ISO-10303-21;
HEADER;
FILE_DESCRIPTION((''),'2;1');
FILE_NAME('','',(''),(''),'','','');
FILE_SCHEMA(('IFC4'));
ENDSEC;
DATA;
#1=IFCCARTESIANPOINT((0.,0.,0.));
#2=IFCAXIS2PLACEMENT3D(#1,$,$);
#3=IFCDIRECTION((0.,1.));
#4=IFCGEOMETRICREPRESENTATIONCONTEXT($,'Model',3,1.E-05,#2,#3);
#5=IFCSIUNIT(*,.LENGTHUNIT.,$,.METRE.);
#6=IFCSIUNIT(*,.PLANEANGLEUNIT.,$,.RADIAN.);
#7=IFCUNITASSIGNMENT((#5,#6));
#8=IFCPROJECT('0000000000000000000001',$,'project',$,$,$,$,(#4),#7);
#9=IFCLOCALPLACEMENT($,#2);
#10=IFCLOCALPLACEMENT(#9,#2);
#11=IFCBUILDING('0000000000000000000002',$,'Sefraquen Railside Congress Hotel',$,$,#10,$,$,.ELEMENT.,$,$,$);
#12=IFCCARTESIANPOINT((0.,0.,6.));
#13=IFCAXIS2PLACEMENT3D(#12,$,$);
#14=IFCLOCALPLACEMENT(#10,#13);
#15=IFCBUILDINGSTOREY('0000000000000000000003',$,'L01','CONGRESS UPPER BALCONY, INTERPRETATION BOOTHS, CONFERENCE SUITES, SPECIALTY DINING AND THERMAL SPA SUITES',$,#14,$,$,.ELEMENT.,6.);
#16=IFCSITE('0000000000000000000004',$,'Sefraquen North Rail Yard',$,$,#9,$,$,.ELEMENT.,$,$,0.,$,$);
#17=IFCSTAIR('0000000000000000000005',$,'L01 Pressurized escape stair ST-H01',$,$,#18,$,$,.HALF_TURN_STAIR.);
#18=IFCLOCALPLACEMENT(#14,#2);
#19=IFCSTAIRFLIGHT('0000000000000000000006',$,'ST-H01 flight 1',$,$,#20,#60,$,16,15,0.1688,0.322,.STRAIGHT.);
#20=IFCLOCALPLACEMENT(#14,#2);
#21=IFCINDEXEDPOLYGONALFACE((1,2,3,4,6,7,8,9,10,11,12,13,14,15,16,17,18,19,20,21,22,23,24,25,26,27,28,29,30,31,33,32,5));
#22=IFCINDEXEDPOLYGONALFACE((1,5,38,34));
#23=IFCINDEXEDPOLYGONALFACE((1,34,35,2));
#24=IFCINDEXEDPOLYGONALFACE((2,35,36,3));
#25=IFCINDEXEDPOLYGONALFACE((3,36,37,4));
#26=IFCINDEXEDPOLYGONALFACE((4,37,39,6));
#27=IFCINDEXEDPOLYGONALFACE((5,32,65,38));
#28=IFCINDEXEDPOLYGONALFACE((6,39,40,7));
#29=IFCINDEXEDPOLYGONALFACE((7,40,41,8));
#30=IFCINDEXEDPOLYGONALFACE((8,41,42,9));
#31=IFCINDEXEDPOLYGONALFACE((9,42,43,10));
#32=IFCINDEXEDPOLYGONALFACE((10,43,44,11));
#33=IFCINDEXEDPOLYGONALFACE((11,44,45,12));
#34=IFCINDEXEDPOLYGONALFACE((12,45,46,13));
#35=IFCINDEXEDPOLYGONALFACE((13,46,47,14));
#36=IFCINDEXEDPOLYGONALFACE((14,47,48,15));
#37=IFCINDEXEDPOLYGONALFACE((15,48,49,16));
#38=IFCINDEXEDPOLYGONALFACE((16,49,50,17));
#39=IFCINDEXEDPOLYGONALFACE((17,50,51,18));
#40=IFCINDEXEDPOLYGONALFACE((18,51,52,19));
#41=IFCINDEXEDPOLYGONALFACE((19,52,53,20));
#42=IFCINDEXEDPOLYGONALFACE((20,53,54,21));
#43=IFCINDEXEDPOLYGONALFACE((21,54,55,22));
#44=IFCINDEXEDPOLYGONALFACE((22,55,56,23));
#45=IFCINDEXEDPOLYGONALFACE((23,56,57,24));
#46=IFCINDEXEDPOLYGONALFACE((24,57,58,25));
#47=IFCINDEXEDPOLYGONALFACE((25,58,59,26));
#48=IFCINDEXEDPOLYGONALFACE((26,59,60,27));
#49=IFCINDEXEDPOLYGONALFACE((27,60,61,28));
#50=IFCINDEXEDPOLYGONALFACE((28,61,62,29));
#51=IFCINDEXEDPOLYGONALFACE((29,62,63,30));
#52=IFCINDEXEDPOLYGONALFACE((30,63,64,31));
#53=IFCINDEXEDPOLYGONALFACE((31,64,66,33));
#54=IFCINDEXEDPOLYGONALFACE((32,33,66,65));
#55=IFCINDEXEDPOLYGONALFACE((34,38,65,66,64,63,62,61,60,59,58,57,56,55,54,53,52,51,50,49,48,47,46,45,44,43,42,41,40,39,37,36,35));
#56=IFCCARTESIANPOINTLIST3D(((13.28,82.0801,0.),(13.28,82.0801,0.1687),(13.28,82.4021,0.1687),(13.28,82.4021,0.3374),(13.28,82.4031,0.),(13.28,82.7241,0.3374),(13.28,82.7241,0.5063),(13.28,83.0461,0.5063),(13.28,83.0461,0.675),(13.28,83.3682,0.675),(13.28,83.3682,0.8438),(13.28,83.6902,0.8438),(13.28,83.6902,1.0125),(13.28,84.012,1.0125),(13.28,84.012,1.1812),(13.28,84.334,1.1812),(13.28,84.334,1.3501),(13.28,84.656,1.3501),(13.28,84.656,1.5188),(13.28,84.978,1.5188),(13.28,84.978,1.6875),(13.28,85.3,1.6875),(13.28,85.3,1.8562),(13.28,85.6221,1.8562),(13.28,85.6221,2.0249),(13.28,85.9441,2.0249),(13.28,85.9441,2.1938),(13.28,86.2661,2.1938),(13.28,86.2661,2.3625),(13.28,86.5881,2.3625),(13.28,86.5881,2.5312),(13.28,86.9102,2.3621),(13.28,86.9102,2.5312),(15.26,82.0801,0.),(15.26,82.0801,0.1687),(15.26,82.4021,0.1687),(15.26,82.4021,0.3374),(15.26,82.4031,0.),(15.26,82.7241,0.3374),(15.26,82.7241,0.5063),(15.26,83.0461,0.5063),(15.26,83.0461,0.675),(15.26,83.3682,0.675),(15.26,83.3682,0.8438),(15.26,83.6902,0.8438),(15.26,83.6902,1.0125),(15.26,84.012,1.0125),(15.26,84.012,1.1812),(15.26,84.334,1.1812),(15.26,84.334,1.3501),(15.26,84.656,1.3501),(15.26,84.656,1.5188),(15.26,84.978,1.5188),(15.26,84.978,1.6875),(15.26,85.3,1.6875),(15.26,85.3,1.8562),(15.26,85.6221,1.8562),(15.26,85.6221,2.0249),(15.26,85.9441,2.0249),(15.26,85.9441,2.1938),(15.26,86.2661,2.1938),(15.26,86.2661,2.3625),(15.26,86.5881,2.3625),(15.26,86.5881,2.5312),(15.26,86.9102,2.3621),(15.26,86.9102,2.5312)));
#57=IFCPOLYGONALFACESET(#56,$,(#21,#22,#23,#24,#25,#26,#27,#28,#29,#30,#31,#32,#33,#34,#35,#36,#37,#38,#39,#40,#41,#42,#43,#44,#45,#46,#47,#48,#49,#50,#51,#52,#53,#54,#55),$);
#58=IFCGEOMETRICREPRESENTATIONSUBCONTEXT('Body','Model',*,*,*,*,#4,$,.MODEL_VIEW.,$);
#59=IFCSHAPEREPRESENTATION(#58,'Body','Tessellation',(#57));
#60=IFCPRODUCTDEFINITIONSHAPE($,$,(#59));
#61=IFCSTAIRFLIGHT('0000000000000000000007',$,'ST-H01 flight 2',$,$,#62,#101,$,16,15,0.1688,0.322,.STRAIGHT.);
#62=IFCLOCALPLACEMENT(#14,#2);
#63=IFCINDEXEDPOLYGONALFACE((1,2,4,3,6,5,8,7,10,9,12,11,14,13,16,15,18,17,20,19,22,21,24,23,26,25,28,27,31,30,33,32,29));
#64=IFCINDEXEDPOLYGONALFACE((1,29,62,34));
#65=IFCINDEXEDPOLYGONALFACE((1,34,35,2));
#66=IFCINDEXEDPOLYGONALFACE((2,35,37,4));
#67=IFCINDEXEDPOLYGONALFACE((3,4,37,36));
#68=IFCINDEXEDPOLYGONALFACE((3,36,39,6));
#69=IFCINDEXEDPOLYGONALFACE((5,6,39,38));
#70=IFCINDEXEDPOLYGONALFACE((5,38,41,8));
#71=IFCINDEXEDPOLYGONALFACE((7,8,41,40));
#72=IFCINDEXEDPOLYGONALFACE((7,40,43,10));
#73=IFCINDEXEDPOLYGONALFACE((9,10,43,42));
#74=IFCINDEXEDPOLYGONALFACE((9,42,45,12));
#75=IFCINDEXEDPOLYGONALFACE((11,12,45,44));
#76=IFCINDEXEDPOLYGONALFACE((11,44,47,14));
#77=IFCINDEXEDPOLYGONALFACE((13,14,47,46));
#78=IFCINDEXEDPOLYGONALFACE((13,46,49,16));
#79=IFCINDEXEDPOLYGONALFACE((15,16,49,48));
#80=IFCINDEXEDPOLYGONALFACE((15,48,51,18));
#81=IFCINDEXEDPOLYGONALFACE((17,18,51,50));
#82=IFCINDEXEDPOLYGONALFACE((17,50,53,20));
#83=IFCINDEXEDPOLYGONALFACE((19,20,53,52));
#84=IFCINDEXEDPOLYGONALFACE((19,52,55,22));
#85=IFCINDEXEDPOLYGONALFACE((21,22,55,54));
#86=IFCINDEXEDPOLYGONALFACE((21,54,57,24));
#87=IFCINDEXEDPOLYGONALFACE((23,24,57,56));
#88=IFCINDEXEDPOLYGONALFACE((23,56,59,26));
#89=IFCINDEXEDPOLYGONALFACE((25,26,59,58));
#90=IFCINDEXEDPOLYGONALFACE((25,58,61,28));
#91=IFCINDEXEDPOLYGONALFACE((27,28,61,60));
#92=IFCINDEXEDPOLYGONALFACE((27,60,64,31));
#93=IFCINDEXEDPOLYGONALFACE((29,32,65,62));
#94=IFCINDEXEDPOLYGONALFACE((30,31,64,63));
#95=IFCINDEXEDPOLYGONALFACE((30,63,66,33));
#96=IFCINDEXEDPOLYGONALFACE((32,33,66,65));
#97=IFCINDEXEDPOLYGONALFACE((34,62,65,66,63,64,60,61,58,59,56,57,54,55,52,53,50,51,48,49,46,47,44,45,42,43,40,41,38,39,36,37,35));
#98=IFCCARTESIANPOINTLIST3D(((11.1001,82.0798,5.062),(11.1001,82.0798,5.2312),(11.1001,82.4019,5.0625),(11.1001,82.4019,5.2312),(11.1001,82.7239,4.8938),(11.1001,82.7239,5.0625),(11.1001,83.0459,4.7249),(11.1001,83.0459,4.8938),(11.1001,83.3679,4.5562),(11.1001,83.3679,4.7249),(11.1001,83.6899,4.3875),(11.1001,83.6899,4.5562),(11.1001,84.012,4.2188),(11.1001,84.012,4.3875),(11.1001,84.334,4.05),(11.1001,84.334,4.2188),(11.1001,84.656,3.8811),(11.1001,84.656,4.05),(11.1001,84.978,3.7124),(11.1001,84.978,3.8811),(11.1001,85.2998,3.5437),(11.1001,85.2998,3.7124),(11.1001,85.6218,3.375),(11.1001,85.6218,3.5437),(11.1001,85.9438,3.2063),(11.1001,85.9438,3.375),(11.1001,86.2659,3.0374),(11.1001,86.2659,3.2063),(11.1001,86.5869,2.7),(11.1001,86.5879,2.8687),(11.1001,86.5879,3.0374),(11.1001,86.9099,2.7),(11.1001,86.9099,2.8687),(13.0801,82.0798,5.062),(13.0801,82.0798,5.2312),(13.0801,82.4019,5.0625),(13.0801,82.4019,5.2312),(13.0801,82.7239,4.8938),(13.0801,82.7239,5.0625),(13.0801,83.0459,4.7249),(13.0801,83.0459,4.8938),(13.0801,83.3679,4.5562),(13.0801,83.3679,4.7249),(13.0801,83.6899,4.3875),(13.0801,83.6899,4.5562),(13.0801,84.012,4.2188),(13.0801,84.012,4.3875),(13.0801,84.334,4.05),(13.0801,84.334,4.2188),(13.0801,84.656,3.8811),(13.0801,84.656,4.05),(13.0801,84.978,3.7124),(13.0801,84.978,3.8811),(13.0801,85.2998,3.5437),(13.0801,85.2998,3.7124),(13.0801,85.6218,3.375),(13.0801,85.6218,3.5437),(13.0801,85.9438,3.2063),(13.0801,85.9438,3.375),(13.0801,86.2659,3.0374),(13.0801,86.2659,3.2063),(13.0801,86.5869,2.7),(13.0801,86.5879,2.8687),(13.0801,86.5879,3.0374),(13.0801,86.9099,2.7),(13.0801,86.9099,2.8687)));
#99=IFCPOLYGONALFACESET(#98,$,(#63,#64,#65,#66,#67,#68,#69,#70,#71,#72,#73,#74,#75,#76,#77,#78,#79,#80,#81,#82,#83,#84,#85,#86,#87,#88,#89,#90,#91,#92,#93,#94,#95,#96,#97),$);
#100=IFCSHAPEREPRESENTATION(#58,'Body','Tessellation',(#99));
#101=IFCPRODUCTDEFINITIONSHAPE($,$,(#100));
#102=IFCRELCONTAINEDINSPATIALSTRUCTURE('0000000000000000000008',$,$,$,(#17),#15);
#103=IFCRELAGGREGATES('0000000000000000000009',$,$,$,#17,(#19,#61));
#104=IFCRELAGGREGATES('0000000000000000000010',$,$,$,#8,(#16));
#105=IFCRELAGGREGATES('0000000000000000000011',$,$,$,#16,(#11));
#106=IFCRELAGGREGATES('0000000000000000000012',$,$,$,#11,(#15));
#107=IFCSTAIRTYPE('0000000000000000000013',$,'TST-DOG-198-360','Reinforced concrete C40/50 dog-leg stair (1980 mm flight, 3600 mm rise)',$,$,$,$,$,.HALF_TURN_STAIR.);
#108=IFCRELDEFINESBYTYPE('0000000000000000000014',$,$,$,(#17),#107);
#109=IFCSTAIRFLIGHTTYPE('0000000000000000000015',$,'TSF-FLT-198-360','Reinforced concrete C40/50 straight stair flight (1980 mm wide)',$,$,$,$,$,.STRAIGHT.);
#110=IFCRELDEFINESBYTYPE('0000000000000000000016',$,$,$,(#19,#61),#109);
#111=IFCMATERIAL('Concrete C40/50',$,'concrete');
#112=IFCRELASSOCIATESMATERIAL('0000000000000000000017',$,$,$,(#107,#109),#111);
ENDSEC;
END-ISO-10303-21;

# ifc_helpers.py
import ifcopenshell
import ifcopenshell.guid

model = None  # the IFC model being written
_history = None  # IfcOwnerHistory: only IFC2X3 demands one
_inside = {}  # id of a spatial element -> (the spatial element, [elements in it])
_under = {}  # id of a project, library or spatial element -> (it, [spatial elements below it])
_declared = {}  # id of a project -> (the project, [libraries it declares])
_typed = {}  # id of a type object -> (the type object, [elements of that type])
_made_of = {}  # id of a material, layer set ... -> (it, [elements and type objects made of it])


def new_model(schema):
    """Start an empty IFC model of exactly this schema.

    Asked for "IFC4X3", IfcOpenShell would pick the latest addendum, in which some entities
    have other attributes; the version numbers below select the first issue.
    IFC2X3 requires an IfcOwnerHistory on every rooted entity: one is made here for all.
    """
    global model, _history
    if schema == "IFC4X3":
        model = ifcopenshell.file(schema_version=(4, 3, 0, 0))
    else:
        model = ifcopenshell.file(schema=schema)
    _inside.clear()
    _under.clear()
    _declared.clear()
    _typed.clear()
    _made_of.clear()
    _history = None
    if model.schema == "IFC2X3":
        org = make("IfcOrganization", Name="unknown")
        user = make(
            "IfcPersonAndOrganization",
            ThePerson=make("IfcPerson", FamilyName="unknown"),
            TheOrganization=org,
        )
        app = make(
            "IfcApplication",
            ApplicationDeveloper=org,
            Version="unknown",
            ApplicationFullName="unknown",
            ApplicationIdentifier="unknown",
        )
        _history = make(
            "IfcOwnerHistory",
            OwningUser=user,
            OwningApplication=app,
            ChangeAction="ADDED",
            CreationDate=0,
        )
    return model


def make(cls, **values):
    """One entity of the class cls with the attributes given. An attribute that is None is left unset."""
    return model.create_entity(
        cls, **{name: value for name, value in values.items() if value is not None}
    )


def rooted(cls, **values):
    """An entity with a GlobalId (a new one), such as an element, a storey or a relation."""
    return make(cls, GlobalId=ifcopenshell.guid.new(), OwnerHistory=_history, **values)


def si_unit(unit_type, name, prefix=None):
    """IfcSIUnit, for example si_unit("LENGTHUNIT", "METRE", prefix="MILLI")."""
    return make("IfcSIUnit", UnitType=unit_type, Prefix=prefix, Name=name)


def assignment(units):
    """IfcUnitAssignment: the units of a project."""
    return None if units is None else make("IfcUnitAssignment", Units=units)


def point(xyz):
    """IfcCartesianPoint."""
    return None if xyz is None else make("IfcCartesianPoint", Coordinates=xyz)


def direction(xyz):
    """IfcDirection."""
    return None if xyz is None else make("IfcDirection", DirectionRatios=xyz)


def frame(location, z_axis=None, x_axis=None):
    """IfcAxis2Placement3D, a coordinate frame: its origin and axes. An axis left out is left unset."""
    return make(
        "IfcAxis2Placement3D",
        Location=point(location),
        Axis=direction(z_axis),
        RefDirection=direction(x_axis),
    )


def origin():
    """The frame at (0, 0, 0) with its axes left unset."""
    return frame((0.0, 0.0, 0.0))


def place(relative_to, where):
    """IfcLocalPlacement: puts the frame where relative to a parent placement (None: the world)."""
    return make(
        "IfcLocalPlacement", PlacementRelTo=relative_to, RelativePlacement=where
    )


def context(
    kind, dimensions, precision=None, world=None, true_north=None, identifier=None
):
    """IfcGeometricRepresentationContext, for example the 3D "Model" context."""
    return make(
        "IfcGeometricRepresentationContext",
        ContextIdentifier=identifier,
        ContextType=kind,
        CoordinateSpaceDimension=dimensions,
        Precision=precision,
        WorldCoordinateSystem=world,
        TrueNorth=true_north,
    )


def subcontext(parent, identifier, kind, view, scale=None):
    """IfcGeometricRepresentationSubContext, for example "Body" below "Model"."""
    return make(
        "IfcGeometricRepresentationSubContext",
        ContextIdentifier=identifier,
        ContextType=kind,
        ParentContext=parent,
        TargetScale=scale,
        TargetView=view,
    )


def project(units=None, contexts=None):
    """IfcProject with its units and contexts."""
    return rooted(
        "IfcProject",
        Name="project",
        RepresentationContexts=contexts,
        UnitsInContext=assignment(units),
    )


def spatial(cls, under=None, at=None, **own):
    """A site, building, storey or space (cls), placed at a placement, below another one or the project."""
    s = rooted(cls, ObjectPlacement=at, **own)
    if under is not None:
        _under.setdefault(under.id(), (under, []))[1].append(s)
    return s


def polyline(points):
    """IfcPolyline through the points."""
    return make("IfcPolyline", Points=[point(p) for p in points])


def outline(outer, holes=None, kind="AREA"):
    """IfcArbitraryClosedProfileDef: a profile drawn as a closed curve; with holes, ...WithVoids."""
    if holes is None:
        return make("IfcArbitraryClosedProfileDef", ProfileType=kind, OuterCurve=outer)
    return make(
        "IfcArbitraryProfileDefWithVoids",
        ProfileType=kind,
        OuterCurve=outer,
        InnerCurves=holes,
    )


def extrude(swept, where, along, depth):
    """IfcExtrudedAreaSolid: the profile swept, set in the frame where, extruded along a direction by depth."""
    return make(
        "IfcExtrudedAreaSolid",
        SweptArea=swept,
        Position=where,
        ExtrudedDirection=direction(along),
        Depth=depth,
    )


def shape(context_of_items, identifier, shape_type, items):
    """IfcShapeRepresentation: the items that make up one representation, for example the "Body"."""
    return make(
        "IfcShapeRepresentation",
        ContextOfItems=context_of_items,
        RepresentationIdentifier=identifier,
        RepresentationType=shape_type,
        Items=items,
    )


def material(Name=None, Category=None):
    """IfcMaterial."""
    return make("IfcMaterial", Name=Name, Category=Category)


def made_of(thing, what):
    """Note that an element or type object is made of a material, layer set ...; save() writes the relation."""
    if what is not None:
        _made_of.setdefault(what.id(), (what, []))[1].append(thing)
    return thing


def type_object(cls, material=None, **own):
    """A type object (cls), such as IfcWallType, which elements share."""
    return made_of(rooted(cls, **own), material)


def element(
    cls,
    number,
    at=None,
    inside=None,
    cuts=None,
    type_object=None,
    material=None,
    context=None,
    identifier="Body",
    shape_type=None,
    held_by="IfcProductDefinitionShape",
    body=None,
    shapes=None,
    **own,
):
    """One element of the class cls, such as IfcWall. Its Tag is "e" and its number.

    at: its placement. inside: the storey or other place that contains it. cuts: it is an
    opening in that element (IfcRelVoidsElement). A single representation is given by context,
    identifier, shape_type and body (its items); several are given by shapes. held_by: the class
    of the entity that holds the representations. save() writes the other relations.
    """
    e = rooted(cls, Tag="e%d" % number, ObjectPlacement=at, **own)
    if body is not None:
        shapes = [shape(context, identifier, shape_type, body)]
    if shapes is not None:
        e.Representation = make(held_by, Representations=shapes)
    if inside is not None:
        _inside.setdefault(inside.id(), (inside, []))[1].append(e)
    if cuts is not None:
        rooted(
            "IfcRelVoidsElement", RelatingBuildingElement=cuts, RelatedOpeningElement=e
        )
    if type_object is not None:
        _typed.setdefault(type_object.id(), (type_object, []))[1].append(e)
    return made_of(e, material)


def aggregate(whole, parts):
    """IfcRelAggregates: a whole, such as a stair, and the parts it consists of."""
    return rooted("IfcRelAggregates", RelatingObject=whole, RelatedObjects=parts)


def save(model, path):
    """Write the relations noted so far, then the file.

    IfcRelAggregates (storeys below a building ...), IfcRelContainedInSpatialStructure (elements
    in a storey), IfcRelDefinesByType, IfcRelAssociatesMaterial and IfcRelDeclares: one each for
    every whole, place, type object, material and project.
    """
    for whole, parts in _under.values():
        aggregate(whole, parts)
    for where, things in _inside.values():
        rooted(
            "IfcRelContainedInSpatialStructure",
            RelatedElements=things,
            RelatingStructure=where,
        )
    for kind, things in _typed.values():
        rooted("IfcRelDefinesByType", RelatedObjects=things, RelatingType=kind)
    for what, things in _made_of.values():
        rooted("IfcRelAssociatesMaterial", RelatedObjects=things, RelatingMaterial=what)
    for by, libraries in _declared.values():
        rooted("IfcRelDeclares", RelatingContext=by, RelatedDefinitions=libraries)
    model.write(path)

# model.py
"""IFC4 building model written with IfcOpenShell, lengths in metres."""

from ifc_helpers import new_model, si_unit, direction, frame, origin, place, context, subcontext, project, spatial, polyline, outline, extrude, material, type_object, element, aggregate, save


model = new_model("IFC4")

# Units and contexts
model_context = context("Model", 3, precision=1e-05, world=origin(), true_north=direction((0.0, 1.0)))
body_context = subcontext(model_context, "Body", "Model", "MODEL_VIEW")
ifc_project = project(units=[si_unit("LENGTHUNIT", "METRE"), si_unit("PLANEANGLEUNIT", "RADIAN")], contexts=[model_context])

# Site, building, storey
site_placement = place(None, origin())
site = spatial("IfcSite", under=ifc_project, at=site_placement, Name="Sefraquen North Rail Yard", CompositionType="ELEMENT", RefElevation=0.0)
building_placement = place(site_placement, origin())
building = spatial("IfcBuilding", under=site, at=building_placement, Name="Sefraquen Railside Congress Hotel", CompositionType="ELEMENT")
storey_placement = place(building_placement, frame((0.0, 0.0, 6.0)))
storey = spatial("IfcBuildingStorey", under=building, at=storey_placement, Name="L01", Description="CONGRESS UPPER BALCONY, INTERPRETATION BOOTHS, CONFERENCE SUITES, SPECIALTY DINING AND THERMAL SPA SUITES", CompositionType="ELEMENT", Elevation=6.0)

# Shared definitions
ifc_material_1 = material(Name="Concrete C40/50", Category="concrete")

# Stair, stair flights
stair_type = type_object("IfcStairType", Name="TST-DOG-198-360", Description="Reinforced concrete C40/50 dog-leg stair (1980 mm flight, 3600 mm rise)", PredefinedType="HALF_TURN_STAIR", material=ifc_material_1)
stair_placement = place(storey_placement, origin())
stair = element("IfcStair", 1, at=stair_placement, inside=storey, type_object=stair_type, Name="L01 Pressurized escape stair ST-H01", PredefinedType="HALF_TURN_STAIR")
stair_flight_type = type_object("IfcStairFlightType", Name="TSF-FLT-198-360", Description="Reinforced concrete C40/50 straight stair flight (1980 mm wide)", PredefinedType="STRAIGHT", material=ifc_material_1)
stair_flight_1_placement = place(storey_placement, frame((14.27, 82.0801, 0.0), z_axis=(0.0, 0.0, 1.0), x_axis=(0.0, 1.0, 0.0)))
stair_flight_1 = element("IfcStairFlight", 2, at=stair_flight_1_placement, type_object=stair_flight_type, Name="ST-H01 flight 1", NumberOfRisers=16, NumberOfTreads=15, PredefinedType="STRAIGHT", RiserHeight=0.1688, TreadLength=0.322, context=body_context, shape_type="SweptSolid", body=[
    extrude(outline(polyline([(0.0, 0.0), (0.0, 0.1687), (0.322, 0.1687), (0.322, 0.3374), (0.644, 0.3374), (0.644, 0.5063), (0.9661, 0.5063), (0.9661, 0.675), (1.2881, 0.675), (1.2881, 0.8438), (1.6101, 0.8438), (1.6101, 1.0125), (1.9319, 1.0125), (1.9319, 1.1812), (2.2539, 1.1812), (2.2539, 1.3501), (2.5759, 1.3501), (2.5759, 1.5188), (2.8979, 1.5188), (2.8979, 1.6875), (3.22, 1.6875), (3.22, 1.8562), (3.542, 1.8562), (3.542, 2.0249), (3.864, 2.0249), (3.864, 2.1938), (4.186, 2.1938), (4.186, 2.3625), (4.5081, 2.3625), (4.5081, 2.5312), (4.8301, 2.5312), (4.8301, 2.7), (4.8301, 2.3621), (0.323, 0.0), (0.0, 0.0)])), frame((0.0, 0.99, 0.0), z_axis=(0.0, -1.0, 0.0), x_axis=(1.0, 0.0, 0.0)), (0.0, 0.0, 1.0), 1.98),
])
stair_flight_2_placement = place(storey_placement, frame((12.0901, 86.9099, 2.7), z_axis=(0.0, 0.0, 1.0), x_axis=(0.0, -1.0, 0.0)))
stair_flight_2 = element("IfcStairFlight", 3, at=stair_flight_2_placement, type_object=stair_flight_type, Name="ST-H01 flight 2", NumberOfRisers=16, NumberOfTreads=15, PredefinedType="STRAIGHT", RiserHeight=0.1688, TreadLength=0.322, context=body_context, shape_type="SweptSolid", body=[
    extrude(outline(polyline([(0.0, 0.0), (0.0, 0.1687), (0.322, 0.1687), (0.322, 0.3374), (0.644, 0.3374), (0.644, 0.5063), (0.9661, 0.5063), (0.9661, 0.675), (1.2881, 0.675), (1.2881, 0.8438), (1.6101, 0.8438), (1.6101, 1.0125), (1.9319, 1.0125), (1.9319, 1.1812), (2.2539, 1.1812), (2.2539, 1.3501), (2.5759, 1.3501), (2.5759, 1.5188), (2.8979, 1.5188), (2.8979, 1.6875), (3.22, 1.6875), (3.22, 1.8562), (3.542, 1.8562), (3.542, 2.0249), (3.864, 2.0249), (3.864, 2.1938), (4.186, 2.1938), (4.186, 2.3625), (4.5081, 2.3625), (4.5081, 2.5312), (4.8301, 2.5312), (4.8301, 2.7), (4.8301, 2.3621), (0.323, 0.0), (0.0, 0.0)])), frame((0.0, 0.99, 0.0), z_axis=(0.0, -1.0, 0.0), x_axis=(1.0, 0.0, 0.0)), (0.0, 0.0, 1.0), 1.98),
])
aggregate(stair, [stair_flight_1, stair_flight_2])

save(model, "model.ifc")
